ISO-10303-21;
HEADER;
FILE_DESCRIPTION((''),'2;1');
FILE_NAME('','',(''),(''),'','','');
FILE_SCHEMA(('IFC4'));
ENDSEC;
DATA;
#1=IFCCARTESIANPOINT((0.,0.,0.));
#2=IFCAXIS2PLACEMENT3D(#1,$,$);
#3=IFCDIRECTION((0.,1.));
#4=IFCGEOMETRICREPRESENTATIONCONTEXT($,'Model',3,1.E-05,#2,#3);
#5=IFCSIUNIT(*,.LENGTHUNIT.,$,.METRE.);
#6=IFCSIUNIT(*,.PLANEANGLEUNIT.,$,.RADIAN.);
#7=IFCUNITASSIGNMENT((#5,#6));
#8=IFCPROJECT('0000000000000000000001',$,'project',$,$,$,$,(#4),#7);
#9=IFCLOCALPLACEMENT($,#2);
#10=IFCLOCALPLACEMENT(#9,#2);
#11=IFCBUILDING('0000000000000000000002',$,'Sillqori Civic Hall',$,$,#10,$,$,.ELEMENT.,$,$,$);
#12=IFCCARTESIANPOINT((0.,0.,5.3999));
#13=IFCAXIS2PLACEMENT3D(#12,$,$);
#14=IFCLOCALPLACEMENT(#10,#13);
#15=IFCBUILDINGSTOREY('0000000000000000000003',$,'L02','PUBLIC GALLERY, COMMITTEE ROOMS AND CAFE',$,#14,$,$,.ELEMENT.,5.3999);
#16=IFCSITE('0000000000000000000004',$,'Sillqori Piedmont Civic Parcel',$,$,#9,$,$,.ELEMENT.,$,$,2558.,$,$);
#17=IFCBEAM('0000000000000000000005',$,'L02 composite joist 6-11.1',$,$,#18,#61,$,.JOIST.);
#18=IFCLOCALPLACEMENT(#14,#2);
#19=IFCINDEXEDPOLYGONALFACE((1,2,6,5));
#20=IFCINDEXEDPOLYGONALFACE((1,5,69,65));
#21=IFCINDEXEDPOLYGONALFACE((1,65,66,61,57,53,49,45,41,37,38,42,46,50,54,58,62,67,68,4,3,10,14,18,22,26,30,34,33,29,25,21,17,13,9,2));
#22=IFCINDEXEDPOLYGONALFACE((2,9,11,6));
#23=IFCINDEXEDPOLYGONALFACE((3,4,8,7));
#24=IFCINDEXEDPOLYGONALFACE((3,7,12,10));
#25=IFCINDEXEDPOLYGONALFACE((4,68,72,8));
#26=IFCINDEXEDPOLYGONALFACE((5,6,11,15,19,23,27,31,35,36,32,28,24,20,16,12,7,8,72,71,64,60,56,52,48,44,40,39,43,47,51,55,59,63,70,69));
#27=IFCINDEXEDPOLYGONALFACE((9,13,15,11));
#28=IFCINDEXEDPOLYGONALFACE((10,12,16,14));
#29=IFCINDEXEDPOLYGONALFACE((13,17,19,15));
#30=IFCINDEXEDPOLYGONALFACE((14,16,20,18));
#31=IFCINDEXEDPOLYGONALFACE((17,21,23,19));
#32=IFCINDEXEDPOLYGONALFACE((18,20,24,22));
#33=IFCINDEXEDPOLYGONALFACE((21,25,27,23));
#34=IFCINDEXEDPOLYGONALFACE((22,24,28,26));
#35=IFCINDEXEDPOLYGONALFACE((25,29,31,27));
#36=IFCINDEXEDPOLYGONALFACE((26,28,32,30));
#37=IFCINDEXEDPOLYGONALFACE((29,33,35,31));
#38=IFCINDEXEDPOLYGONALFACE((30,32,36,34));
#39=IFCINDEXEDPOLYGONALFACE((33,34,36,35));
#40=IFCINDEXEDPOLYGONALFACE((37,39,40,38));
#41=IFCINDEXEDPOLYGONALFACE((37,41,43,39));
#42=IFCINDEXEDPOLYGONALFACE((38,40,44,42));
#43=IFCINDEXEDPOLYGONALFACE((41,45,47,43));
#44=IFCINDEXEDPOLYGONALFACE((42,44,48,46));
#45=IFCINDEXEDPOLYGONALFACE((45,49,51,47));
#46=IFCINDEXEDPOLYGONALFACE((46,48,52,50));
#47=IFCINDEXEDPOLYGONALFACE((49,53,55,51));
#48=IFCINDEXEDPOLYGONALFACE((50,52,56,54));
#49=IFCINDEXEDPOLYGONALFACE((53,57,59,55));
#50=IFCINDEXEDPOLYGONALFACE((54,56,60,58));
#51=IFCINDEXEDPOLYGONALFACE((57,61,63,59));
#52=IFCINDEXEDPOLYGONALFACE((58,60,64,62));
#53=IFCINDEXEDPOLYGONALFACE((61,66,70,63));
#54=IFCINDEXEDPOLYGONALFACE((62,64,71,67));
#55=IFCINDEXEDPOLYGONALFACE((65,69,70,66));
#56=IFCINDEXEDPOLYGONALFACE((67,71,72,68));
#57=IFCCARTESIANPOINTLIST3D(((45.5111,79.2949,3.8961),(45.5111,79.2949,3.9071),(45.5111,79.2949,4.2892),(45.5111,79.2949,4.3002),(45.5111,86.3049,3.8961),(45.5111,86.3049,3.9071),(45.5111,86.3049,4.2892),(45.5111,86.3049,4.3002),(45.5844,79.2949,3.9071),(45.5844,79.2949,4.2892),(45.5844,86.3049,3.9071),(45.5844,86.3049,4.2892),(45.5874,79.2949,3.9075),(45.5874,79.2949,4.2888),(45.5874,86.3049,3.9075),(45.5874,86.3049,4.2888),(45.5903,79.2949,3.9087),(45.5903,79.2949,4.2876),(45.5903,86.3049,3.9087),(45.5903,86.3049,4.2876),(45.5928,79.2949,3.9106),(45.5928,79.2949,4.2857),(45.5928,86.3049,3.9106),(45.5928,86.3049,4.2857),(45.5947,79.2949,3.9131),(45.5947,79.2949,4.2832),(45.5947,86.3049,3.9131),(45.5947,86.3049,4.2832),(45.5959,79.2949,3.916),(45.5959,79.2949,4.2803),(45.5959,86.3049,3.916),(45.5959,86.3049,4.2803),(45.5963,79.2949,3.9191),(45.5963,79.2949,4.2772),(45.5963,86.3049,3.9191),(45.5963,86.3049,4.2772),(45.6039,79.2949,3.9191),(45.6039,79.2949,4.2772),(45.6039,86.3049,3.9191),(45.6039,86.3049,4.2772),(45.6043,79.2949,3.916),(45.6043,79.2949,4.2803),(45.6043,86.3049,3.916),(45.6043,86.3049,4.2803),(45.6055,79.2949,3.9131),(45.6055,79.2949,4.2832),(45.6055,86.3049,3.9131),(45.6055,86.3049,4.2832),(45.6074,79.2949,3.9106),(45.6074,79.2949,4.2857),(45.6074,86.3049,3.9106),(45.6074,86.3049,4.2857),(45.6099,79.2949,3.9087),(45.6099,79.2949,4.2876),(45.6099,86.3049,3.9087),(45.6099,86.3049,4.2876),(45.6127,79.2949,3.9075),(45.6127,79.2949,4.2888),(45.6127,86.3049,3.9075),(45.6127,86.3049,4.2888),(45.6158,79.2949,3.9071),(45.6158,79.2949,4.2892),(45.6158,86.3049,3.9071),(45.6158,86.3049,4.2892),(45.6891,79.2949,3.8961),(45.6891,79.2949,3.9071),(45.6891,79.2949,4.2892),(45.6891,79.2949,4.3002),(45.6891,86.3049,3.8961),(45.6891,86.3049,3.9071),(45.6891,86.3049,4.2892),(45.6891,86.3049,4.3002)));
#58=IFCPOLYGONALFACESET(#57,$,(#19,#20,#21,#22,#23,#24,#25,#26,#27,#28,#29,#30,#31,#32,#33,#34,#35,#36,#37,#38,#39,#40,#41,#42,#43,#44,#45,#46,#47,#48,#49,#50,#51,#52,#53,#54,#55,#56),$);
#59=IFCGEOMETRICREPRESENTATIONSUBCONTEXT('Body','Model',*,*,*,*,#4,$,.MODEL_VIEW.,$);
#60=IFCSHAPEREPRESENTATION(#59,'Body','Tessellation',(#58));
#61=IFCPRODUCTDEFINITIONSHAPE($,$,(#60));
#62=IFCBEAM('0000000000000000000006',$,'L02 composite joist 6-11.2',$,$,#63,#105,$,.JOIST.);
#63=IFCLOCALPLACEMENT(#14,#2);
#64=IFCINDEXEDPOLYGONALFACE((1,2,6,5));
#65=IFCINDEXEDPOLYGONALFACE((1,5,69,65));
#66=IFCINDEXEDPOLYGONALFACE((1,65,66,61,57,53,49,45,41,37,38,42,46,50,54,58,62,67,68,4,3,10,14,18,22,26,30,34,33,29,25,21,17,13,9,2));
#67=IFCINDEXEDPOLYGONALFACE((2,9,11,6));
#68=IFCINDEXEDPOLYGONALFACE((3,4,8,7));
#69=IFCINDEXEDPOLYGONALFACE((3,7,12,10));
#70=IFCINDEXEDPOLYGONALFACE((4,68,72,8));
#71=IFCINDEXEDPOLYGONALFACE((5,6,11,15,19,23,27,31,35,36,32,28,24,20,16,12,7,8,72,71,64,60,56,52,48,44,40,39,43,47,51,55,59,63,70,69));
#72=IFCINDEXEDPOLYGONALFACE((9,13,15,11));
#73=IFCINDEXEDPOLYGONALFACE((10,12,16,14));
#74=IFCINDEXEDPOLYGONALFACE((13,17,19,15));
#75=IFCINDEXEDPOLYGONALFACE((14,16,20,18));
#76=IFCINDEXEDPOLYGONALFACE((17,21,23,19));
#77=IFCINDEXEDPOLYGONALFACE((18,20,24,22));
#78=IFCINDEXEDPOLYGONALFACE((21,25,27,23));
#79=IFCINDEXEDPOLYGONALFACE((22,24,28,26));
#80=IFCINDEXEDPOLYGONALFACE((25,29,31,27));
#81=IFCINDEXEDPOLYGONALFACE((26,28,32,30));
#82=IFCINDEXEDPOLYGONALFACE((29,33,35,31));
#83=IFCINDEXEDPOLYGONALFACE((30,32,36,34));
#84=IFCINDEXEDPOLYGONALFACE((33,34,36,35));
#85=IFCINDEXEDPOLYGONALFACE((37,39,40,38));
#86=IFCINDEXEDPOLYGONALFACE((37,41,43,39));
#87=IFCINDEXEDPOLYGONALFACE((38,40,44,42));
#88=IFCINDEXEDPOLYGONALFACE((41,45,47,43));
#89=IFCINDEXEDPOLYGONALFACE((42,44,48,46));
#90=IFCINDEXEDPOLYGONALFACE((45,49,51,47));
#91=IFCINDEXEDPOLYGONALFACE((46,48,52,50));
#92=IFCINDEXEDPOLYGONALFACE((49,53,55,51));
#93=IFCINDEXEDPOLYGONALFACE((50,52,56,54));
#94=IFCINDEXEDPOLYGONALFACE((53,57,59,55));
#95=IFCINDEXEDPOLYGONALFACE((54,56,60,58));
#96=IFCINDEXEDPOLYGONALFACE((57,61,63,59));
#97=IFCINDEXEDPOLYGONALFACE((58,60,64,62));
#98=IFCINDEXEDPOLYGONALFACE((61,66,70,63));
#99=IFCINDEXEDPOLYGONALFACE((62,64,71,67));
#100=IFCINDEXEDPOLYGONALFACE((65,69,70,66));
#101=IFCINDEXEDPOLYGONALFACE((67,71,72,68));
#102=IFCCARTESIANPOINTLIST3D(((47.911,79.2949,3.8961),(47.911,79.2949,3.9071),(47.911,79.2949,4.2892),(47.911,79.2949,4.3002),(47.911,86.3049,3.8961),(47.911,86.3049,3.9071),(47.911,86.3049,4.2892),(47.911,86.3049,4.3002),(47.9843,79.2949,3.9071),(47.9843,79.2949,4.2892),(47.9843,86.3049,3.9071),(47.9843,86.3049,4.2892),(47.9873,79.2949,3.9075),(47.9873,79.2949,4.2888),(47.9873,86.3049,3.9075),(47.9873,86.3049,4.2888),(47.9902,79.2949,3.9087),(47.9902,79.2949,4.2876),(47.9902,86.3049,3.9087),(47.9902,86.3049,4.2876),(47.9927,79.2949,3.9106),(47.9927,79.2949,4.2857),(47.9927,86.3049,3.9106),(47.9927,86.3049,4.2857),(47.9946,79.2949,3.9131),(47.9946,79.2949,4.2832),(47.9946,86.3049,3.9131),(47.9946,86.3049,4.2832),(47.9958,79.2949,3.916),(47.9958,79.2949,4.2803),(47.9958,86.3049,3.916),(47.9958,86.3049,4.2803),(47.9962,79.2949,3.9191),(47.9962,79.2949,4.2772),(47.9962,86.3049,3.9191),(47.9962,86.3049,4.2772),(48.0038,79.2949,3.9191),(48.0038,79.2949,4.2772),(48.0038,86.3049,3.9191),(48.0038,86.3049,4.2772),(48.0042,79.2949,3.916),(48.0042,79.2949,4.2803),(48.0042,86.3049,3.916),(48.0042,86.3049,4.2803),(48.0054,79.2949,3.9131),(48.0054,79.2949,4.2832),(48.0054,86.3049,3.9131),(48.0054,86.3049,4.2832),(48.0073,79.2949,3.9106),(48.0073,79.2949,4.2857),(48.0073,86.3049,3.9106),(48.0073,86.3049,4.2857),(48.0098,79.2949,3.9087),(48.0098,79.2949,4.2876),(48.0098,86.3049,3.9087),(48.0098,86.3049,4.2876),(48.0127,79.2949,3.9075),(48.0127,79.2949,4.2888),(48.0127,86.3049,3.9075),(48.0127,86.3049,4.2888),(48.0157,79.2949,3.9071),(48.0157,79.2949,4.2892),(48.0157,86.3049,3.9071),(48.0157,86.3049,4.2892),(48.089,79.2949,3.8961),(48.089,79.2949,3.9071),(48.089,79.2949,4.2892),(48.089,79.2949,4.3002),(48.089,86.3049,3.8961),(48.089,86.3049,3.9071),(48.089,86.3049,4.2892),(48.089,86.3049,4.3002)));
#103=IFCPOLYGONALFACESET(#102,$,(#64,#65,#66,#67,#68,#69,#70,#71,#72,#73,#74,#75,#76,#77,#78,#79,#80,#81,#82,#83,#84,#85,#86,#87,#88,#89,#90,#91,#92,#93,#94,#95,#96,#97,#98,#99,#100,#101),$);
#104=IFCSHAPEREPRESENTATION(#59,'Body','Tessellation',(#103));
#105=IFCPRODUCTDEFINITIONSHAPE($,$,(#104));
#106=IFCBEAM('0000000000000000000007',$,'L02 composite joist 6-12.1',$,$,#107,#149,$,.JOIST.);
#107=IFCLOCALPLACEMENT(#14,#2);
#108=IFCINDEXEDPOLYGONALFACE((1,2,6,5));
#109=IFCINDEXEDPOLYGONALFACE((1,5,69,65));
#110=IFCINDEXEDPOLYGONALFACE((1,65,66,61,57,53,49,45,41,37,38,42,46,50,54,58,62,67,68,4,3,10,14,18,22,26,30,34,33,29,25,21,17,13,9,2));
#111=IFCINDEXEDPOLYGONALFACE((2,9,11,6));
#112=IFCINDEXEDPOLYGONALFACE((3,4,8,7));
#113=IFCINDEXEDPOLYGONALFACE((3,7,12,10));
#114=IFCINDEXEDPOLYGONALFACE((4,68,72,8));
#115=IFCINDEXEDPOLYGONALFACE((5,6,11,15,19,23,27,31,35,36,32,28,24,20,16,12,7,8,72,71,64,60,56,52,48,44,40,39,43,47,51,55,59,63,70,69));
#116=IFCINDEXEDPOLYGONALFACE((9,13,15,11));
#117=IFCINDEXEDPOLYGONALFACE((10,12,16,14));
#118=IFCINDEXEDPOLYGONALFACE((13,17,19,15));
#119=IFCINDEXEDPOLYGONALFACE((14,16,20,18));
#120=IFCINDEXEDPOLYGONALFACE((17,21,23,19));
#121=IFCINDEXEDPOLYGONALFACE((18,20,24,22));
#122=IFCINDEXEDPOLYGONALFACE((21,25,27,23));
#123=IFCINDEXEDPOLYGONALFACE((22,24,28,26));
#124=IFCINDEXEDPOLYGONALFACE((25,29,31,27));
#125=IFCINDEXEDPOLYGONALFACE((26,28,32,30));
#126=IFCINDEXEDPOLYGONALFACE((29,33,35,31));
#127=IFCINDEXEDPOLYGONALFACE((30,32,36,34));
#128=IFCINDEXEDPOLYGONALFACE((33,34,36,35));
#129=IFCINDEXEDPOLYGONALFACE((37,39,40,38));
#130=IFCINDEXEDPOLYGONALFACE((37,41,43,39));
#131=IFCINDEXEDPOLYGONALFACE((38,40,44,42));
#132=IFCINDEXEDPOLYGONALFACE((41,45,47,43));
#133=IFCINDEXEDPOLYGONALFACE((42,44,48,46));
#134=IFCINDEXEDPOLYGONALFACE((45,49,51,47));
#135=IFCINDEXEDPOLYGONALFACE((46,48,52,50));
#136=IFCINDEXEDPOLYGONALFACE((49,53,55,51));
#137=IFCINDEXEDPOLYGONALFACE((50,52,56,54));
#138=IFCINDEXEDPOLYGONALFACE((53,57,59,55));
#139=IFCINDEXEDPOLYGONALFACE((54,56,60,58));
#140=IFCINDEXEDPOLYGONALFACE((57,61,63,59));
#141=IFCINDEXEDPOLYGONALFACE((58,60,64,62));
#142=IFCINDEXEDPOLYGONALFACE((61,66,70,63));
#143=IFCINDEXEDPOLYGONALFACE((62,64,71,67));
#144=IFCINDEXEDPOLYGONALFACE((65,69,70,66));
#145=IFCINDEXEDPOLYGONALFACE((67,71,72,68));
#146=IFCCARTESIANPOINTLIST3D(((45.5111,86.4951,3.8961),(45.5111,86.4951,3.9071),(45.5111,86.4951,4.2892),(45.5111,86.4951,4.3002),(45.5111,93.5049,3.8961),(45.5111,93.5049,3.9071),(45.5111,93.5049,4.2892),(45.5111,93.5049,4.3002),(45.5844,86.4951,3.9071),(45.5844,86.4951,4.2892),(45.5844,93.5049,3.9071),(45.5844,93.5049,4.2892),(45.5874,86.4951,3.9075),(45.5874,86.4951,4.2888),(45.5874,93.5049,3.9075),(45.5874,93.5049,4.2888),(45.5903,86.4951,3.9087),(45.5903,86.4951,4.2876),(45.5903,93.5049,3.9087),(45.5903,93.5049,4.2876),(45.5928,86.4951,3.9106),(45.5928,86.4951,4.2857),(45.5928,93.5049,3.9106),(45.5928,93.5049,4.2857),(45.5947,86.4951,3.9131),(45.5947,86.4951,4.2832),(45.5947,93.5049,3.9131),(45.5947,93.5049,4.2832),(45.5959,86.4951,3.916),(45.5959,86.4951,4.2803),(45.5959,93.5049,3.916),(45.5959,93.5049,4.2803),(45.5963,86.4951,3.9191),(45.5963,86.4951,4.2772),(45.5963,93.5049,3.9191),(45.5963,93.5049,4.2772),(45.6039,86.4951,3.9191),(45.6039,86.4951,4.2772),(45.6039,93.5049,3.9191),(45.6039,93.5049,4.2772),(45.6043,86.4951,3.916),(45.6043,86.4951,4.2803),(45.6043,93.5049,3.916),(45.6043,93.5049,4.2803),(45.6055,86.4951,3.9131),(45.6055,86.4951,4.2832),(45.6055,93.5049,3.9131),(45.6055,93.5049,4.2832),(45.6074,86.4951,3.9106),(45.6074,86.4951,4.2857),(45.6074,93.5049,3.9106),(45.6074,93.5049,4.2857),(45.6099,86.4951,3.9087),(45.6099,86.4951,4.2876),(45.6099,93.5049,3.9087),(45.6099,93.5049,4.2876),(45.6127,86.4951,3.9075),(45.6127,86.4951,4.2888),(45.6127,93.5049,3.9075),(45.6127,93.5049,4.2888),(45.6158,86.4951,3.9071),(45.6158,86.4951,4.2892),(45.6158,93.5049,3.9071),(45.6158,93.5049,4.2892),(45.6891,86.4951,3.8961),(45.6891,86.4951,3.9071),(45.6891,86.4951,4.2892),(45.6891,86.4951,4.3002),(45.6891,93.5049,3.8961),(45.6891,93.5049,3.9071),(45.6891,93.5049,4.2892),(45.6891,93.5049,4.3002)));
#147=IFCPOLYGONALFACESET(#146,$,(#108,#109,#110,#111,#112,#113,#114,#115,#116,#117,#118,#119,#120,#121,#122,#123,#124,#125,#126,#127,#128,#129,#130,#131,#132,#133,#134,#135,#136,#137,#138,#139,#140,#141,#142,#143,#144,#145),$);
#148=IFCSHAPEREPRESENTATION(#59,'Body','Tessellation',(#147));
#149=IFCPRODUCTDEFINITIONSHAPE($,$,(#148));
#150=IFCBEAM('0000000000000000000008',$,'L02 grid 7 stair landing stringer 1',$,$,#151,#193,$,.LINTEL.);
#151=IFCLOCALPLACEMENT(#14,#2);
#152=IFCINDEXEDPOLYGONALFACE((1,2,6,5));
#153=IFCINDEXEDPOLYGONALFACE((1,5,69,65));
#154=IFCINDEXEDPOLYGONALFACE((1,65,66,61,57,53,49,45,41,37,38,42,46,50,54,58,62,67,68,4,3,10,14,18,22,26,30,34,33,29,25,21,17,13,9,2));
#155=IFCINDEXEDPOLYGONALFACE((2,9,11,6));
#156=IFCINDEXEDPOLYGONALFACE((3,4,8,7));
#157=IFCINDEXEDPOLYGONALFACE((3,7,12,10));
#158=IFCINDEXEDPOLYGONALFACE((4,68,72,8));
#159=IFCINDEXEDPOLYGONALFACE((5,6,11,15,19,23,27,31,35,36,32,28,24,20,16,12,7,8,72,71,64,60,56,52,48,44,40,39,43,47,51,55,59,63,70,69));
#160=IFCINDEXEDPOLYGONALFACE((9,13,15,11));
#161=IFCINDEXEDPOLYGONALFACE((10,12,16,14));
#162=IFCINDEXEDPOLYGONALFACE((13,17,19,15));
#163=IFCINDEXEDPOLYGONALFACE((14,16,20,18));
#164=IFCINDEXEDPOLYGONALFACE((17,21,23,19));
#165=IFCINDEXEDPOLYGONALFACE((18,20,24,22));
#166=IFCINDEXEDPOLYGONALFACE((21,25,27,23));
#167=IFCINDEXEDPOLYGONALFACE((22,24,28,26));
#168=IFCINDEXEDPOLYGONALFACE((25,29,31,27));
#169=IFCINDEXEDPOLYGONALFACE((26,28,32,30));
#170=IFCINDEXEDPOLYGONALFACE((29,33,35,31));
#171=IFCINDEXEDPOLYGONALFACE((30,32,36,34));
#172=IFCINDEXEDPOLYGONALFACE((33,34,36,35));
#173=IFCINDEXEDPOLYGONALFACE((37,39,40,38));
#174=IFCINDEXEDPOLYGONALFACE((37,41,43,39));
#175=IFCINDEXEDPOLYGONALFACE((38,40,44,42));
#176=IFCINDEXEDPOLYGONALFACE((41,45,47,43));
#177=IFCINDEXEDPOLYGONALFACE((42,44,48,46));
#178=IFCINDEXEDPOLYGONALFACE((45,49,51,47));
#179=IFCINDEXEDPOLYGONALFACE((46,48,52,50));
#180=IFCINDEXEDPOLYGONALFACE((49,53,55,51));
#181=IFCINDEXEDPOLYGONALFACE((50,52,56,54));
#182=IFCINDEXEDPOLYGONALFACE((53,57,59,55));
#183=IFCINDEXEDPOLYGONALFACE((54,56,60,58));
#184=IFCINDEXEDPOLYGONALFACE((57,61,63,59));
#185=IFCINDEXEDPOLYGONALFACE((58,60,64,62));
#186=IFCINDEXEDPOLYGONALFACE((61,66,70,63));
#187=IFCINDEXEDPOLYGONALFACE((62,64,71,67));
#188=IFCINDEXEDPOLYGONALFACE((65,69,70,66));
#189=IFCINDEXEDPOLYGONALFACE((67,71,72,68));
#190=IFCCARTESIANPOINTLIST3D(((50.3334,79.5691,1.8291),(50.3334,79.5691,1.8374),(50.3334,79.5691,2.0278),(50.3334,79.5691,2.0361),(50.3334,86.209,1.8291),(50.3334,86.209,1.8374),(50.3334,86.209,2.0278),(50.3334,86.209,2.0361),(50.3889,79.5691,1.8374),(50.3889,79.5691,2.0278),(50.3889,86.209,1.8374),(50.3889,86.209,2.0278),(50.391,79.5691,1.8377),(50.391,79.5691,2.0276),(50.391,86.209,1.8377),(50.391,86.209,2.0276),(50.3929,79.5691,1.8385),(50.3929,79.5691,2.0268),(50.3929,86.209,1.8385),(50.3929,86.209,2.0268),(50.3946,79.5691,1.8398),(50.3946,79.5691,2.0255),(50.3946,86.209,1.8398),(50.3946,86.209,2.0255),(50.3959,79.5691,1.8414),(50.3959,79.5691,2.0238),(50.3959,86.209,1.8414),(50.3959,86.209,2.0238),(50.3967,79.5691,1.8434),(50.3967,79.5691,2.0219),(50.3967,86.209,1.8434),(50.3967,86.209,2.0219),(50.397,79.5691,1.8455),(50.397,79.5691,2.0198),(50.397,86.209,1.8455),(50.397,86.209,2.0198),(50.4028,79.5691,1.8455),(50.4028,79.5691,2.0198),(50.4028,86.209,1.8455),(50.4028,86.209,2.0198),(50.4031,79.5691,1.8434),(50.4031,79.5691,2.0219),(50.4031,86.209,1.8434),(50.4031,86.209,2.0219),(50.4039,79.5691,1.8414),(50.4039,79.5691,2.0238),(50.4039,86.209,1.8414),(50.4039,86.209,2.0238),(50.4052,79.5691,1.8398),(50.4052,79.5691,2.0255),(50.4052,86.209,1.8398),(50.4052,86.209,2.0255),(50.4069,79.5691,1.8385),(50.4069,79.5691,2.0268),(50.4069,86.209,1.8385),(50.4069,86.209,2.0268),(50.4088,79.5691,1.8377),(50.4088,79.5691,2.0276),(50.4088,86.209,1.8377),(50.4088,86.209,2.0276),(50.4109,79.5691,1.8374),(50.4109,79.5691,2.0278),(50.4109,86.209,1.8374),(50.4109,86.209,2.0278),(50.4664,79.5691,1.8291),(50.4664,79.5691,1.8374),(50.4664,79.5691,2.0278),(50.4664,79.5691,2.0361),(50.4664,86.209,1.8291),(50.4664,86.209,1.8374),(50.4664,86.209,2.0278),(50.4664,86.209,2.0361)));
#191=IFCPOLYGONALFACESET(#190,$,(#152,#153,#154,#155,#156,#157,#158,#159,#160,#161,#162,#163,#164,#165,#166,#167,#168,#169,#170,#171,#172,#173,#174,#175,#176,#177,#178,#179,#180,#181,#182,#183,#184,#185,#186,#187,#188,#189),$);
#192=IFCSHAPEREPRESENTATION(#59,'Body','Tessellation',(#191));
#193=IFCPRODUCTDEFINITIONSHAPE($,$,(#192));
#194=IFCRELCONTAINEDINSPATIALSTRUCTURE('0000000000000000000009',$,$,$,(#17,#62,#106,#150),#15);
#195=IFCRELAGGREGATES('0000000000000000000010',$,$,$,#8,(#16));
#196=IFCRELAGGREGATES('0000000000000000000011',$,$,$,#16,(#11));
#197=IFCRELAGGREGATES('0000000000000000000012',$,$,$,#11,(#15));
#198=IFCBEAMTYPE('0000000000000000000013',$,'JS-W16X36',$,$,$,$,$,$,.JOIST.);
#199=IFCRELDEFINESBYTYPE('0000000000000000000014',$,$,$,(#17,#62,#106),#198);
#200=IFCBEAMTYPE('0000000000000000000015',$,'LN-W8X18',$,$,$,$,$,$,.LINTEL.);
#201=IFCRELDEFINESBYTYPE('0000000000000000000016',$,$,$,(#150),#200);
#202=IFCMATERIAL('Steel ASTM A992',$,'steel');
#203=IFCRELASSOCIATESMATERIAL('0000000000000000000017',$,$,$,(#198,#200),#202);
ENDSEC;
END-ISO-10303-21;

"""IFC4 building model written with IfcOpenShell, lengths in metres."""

from ifc_helpers import new_model, si_unit, direction, frame, origin, origin_2d, place, context, subcontext, project, spatial, i_section, extrude, material, material_profile, profile_set, type_object, element, save


model = new_model("IFC4")

# Units and contexts
model_context = context("Model", 3, precision=1e-05, world=origin(), true_north=direction((0.0, 1.0)))
body_context = subcontext(model_context, "Body", "Model", "MODEL_VIEW")
ifc_project = project(units=[si_unit("LENGTHUNIT", "METRE"), si_unit("PLANEANGLEUNIT", "RADIAN")], contexts=[model_context])

# Site, building, storey
site_placement = place(None, origin())
site = spatial("IfcSite", under=ifc_project, at=site_placement, Name="Sillqori Piedmont Civic Parcel", CompositionType="ELEMENT", RefElevation=2558.0)
building_placement = place(site_placement, origin())
building = spatial("IfcBuilding", under=site, at=building_placement, Name="Sillqori Civic Hall", CompositionType="ELEMENT")
storey_placement = place(building_placement, frame((0.0, 0.0, 5.3999)))
storey = spatial("IfcBuildingStorey", under=building, at=storey_placement, Name="L02", Description="PUBLIC GALLERY, COMMITTEE ROOMS AND CAFE", CompositionType="ELEMENT", Elevation=5.3999)

# Shared definitions
ifc_material_1 = material(Name="Steel ASTM A992", Category="steel")

# Beams
ifc_material_profile_1 = material_profile(ifc_material_1, i_section(OverallWidth=0.178, OverallDepth=0.4041, WebThickness=0.0076, FlangeThickness=0.011, FilletRadius=0.012, at=origin_2d()), Name="W16X36")
ifc_profile_set_1 = profile_set([ifc_material_profile_1], Name="Steel ASTM A992")
beam_type_1 = type_object("IfcBeamType", Name="JS-W16X36", PredefinedType="JOIST", material=ifc_profile_set_1)
for number, where, z_axis, x_axis, name in (
    (1, (45.6001, 79.2949, 4.0981), (0.0, 1.0, 0.0), (-1.0, 0.0, 0.0), "L02 composite joist 6-11.1"),
    (2, (48.0, 79.2949, 4.0981), (0.0, 1.0, 0.0), (-1.0, 0.0, 0.0), "L02 composite joist 6-11.2"),
):
    element("IfcBeam", number, at=place(storey_placement, frame(where, z_axis=z_axis, x_axis=x_axis)), inside=storey, type_object=beam_type_1, Name=name, PredefinedType="JOIST", context=body_context, shape_type="SweptSolid", body=[
        extrude(i_section(OverallWidth=0.178, OverallDepth=0.4041, WebThickness=0.0076, FlangeThickness=0.011, FilletRadius=0.012, at=origin_2d()), origin(), (0.0, 0.0, 1.0), 7.01),
    ])
beam_1_placement = place(storey_placement, frame((45.6001, 86.4951, 4.0981), z_axis=(0.0, 1.0, 0.0), x_axis=(-1.0, 0.0, 0.0)))
element("IfcBeam", 3, at=beam_1_placement, inside=storey, type_object=beam_type_1, Name="L02 composite joist 6-12.1", PredefinedType="JOIST", context=body_context, shape_type="SweptSolid", body=[
    extrude(i_section(OverallWidth=0.178, OverallDepth=0.4041, WebThickness=0.0076, FlangeThickness=0.011, FilletRadius=0.012, at=origin_2d()), origin(), (0.0, 0.0, 1.0), 7.0098),
])
ifc_material_profile_2 = material_profile(ifc_material_1, i_section(OverallWidth=0.1331, OverallDepth=0.207, WebThickness=0.0059, FlangeThickness=0.0083, FilletRadius=0.0081, at=origin_2d()), Name="W8X18")
ifc_profile_set_2 = profile_set([ifc_material_profile_2], Name="Steel ASTM A992")
beam_type_2 = type_object("IfcBeamType", Name="LN-W8X18", PredefinedType="LINTEL", material=ifc_profile_set_2)
beam_2_placement = place(storey_placement, frame((50.3999, 79.5691, 1.9326), z_axis=(0.0, 1.0, 0.0), x_axis=(-1.0, 0.0, 0.0)))
element("IfcBeam", 4, at=beam_2_placement, inside=storey, type_object=beam_type_2, Name="L02 grid 7 stair landing stringer 1", PredefinedType="LINTEL", context=body_context, shape_type="SweptSolid", body=[
    extrude(i_section(OverallWidth=0.1331, OverallDepth=0.207, WebThickness=0.0059, FlangeThickness=0.0083, FilletRadius=0.0081, at=origin_2d()), origin(), (0.0, 0.0, 1.0), 6.6399),
])

save(model, "model.ifc")
